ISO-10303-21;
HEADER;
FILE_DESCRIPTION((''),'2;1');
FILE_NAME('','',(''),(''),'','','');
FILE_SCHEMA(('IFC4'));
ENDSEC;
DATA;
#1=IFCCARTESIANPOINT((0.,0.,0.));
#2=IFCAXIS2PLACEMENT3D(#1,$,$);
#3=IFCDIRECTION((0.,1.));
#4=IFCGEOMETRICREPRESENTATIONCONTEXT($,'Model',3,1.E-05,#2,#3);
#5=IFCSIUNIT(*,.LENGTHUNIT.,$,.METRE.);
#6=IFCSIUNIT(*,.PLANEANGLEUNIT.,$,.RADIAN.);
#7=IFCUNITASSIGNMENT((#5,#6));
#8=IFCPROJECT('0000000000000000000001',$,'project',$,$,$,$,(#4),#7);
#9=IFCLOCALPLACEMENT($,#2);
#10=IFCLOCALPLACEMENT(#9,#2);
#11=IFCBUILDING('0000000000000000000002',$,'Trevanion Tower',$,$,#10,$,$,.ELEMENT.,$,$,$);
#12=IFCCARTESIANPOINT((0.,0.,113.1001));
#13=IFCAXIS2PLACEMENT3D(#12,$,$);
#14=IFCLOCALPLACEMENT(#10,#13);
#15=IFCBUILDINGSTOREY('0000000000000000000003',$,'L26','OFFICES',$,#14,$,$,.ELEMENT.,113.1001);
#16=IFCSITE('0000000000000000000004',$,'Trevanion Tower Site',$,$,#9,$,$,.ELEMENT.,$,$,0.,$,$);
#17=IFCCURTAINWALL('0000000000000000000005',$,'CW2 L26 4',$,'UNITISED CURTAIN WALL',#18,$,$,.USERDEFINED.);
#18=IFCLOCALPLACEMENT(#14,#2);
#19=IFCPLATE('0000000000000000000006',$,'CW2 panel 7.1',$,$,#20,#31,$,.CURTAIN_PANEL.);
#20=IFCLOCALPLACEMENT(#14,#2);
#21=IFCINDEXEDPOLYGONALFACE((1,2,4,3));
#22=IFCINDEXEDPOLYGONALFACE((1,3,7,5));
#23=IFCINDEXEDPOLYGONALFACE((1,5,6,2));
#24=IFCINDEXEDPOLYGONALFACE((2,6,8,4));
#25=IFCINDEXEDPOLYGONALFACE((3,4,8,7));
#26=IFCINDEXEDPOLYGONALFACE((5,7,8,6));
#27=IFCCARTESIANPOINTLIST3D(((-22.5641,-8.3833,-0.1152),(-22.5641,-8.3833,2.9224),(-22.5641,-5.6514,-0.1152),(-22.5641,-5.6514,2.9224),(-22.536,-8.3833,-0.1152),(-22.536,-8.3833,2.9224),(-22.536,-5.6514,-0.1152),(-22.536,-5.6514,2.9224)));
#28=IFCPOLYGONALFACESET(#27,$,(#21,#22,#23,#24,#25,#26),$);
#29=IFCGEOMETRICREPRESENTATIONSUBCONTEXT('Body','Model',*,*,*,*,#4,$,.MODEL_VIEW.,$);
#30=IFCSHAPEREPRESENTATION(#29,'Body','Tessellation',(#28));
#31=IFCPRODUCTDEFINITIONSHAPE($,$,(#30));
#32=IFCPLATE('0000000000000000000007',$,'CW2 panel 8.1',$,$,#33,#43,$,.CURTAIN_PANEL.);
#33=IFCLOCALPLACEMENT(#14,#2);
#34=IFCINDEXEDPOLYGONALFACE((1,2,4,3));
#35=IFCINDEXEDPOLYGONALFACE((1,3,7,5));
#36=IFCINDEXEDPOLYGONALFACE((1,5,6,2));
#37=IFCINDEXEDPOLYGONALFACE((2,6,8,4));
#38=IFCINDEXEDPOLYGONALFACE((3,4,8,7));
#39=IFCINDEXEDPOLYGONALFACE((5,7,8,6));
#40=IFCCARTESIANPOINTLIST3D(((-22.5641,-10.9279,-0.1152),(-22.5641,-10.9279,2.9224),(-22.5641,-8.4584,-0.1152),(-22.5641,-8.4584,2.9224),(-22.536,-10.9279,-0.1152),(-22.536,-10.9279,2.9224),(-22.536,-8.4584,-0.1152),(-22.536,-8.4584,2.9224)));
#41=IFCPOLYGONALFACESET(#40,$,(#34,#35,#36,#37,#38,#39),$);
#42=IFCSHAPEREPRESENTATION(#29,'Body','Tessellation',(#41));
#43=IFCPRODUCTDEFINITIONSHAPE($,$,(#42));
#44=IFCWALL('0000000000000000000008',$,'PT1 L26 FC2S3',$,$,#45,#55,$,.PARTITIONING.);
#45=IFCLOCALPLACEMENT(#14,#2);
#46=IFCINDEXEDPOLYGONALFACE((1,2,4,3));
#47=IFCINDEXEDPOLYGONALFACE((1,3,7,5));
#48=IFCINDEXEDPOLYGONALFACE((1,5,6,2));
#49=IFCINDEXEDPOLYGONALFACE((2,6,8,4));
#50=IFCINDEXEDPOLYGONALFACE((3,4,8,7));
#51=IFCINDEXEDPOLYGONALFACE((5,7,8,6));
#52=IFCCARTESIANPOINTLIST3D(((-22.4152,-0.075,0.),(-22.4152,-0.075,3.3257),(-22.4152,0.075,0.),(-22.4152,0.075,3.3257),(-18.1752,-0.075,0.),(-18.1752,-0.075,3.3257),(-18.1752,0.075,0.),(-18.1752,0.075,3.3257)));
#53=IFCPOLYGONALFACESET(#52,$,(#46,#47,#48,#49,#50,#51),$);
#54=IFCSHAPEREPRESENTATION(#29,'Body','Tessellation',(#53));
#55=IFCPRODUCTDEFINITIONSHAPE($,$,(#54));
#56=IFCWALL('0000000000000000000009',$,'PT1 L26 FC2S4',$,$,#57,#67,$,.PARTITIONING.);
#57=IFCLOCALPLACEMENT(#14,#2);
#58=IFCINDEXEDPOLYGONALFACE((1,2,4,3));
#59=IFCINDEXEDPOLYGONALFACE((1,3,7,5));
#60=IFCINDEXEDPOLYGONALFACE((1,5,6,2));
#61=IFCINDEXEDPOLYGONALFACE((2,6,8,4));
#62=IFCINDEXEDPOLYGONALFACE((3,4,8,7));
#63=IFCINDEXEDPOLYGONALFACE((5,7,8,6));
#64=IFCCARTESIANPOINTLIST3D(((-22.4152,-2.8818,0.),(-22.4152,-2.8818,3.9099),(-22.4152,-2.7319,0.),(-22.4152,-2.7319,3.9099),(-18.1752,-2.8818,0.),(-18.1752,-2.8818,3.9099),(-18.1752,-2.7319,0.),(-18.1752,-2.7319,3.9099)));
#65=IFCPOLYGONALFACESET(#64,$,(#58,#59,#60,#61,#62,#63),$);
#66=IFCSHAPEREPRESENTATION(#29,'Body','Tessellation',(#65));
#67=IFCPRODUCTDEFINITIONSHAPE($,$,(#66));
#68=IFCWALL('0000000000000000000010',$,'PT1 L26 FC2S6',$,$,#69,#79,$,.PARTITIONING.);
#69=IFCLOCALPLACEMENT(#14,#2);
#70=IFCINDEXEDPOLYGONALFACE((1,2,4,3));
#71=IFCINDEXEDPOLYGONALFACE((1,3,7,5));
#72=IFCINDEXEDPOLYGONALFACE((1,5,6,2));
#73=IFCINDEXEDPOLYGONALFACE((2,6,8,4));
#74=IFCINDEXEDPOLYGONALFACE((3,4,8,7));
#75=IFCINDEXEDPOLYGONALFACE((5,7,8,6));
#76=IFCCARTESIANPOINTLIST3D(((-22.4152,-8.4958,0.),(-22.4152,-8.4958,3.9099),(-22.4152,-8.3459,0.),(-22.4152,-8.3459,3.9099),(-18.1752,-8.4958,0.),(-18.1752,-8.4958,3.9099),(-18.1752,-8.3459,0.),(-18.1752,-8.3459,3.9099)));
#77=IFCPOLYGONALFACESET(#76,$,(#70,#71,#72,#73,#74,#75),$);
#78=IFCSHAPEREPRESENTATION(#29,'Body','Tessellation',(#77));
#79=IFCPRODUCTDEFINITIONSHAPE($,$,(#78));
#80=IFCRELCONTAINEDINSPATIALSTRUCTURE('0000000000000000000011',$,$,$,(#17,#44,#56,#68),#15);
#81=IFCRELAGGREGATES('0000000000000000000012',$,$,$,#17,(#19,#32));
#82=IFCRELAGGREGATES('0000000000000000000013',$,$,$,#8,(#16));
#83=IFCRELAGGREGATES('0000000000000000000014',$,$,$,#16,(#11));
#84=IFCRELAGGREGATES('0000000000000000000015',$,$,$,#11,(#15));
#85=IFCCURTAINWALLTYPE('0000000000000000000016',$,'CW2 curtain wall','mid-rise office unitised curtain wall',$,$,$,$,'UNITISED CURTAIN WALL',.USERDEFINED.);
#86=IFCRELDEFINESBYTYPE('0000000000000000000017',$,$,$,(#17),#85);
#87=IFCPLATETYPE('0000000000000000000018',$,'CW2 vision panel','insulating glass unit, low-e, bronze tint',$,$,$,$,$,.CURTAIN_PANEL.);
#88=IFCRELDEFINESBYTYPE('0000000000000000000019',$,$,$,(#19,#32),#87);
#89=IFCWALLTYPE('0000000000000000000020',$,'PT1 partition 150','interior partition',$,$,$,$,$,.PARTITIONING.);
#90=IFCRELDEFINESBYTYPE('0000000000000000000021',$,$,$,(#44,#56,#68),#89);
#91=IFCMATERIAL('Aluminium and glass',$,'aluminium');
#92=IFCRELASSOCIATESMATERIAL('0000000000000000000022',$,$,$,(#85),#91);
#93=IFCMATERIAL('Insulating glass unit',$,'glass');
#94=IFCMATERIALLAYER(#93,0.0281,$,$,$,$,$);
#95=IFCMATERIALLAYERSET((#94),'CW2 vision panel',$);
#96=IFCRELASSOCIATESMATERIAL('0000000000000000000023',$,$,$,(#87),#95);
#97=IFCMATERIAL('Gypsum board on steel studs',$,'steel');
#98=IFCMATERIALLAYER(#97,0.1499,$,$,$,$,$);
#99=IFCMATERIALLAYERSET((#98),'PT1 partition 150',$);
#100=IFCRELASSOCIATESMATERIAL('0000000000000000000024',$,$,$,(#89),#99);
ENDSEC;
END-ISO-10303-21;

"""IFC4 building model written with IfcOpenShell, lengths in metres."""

from ifc_helpers import new_model, si_unit, direction, frame, frame_2d, origin, origin_2d, place, context, subcontext, project, spatial, rectangle, extrude, material, layer, layer_set, type_object, element, aggregate, save


model = new_model("IFC4")

# Units and contexts
model_context = context("Model", 3, precision=1e-05, world=origin(), true_north=direction((0.0, 1.0)))
body_context = subcontext(model_context, "Body", "Model", "MODEL_VIEW")
ifc_project = project(units=[si_unit("LENGTHUNIT", "METRE"), si_unit("PLANEANGLEUNIT", "RADIAN")], contexts=[model_context])

# Site, building, storey
site_placement = place(None, origin())
site = spatial("IfcSite", under=ifc_project, at=site_placement, Name="Trevanion Tower Site", CompositionType="ELEMENT", RefElevation=0.0)
building_placement = place(site_placement, origin())
building = spatial("IfcBuilding", under=site, at=building_placement, Name="Trevanion Tower", CompositionType="ELEMENT")
storey_placement = place(building_placement, frame((0.0, 0.0, 113.1001)))
storey = spatial("IfcBuildingStorey", under=building, at=storey_placement, Name="L26", Description="OFFICES", CompositionType="ELEMENT", Elevation=113.1001)

# Curtain wall
ifc_material_1 = material(Name="Aluminium and glass", Category="aluminium")
curtain_wall_type = type_object("IfcCurtainWallType", Name="CW2 curtain wall", Description="mid-rise office unitised curtain wall", ElementType="UNITISED CURTAIN WALL", PredefinedType="USERDEFINED", material=ifc_material_1)
curtain_wall_1_placement = place(storey_placement, origin())
curtain_wall_1 = element("IfcCurtainWall", 1, at=curtain_wall_1_placement, inside=storey, type_object=curtain_wall_type, Name="CW2 L26 4", ObjectType="UNITISED CURTAIN WALL", PredefinedType="USERDEFINED")

# Plates
ifc_material_2 = material(Name="Insulating glass unit", Category="glass")
ifc_layer_1 = layer(ifc_material_2, 0.0281)
ifc_layer_set_1 = layer_set([ifc_layer_1], Name="CW2 vision panel")
plate_type_1 = type_object("IfcPlateType", Name="CW2 vision panel", Description="insulating glass unit, low-e, bronze tint", PredefinedType="CURTAIN_PANEL", material=ifc_layer_set_1)
plate_1_placement = place(storey_placement, frame((-22.55, -7.0173, -0.1152), z_axis=(0.0, 0.0, 1.0), x_axis=(0.0, -1.0, 0.0)))
plate_1 = element("IfcPlate", 2, at=plate_1_placement, type_object=plate_type_1, Name="CW2 panel 7.1", PredefinedType="CURTAIN_PANEL", context=body_context, shape_type="SweptSolid", body=[
    extrude(rectangle(XDim=2.7319, YDim=0.0281, at=origin_2d()), origin(), (0.0, 0.0, 1.0), 3.0376),
])
plate_2_placement = place(storey_placement, frame((-22.55, -9.6931, -0.1152), z_axis=(0.0, 0.0, 1.0), x_axis=(0.0, -1.0, 0.0)))
plate_2 = element("IfcPlate", 3, at=plate_2_placement, type_object=plate_type_1, Name="CW2 panel 8.1", PredefinedType="CURTAIN_PANEL", context=body_context, shape_type="SweptSolid", body=[
    extrude(rectangle(XDim=2.4695, YDim=0.0281, at=origin_2d()), origin(), (0.0, 0.0, 1.0), 3.0376),
])
aggregate(curtain_wall_1, [plate_1, plate_2])

# Walls
ifc_material_3 = material(Name="Gypsum board on steel studs", Category="steel")
ifc_layer_2 = layer(ifc_material_3, 0.1499)
ifc_layer_set_2 = layer_set([ifc_layer_2], Name="PT1 partition 150")
wall_type = type_object("IfcWallType", Name="PT1 partition 150", Description="interior partition", PredefinedType="PARTITIONING", material=ifc_layer_set_2)
wall_placement = place(storey_placement, frame((-18.175, 0.0, 0.0), z_axis=(0.0, 0.0, 1.0), x_axis=(-1.0, 0.0, 0.0)))
element("IfcWall", 4, at=wall_placement, inside=storey, type_object=wall_type, Name="PT1 L26 FC2S3", PredefinedType="PARTITIONING", context=body_context, shape_type="SweptSolid", body=[
    extrude(rectangle(XDim=4.24, YDim=0.1499, at=frame_2d((2.1201, 0.0))), origin(), (0.0, 0.0, 1.0), 3.3257),
])
for number, where, z_axis, x_axis, name in (
    (5, (-18.175, -2.8069, 0.0), (0.0, 0.0, 1.0), (-1.0, 0.0, 0.0), "PT1 L26 FC2S4"),
    (6, (-18.175, -8.4209, 0.0), (0.0, 0.0, 1.0), (-1.0, 0.0, 0.0), "PT1 L26 FC2S6"),
):
    element("IfcWall", number, at=place(storey_placement, frame(where, z_axis=z_axis, x_axis=x_axis)), inside=storey, type_object=wall_type, Name=name, PredefinedType="PARTITIONING", context=body_context, shape_type="SweptSolid", body=[
        extrude(rectangle(XDim=4.24, YDim=0.1499, at=frame_2d((2.1201, 0.0))), origin(), (0.0, 0.0, 1.0), 3.9099),
    ])

save(model, "model.ifc")
